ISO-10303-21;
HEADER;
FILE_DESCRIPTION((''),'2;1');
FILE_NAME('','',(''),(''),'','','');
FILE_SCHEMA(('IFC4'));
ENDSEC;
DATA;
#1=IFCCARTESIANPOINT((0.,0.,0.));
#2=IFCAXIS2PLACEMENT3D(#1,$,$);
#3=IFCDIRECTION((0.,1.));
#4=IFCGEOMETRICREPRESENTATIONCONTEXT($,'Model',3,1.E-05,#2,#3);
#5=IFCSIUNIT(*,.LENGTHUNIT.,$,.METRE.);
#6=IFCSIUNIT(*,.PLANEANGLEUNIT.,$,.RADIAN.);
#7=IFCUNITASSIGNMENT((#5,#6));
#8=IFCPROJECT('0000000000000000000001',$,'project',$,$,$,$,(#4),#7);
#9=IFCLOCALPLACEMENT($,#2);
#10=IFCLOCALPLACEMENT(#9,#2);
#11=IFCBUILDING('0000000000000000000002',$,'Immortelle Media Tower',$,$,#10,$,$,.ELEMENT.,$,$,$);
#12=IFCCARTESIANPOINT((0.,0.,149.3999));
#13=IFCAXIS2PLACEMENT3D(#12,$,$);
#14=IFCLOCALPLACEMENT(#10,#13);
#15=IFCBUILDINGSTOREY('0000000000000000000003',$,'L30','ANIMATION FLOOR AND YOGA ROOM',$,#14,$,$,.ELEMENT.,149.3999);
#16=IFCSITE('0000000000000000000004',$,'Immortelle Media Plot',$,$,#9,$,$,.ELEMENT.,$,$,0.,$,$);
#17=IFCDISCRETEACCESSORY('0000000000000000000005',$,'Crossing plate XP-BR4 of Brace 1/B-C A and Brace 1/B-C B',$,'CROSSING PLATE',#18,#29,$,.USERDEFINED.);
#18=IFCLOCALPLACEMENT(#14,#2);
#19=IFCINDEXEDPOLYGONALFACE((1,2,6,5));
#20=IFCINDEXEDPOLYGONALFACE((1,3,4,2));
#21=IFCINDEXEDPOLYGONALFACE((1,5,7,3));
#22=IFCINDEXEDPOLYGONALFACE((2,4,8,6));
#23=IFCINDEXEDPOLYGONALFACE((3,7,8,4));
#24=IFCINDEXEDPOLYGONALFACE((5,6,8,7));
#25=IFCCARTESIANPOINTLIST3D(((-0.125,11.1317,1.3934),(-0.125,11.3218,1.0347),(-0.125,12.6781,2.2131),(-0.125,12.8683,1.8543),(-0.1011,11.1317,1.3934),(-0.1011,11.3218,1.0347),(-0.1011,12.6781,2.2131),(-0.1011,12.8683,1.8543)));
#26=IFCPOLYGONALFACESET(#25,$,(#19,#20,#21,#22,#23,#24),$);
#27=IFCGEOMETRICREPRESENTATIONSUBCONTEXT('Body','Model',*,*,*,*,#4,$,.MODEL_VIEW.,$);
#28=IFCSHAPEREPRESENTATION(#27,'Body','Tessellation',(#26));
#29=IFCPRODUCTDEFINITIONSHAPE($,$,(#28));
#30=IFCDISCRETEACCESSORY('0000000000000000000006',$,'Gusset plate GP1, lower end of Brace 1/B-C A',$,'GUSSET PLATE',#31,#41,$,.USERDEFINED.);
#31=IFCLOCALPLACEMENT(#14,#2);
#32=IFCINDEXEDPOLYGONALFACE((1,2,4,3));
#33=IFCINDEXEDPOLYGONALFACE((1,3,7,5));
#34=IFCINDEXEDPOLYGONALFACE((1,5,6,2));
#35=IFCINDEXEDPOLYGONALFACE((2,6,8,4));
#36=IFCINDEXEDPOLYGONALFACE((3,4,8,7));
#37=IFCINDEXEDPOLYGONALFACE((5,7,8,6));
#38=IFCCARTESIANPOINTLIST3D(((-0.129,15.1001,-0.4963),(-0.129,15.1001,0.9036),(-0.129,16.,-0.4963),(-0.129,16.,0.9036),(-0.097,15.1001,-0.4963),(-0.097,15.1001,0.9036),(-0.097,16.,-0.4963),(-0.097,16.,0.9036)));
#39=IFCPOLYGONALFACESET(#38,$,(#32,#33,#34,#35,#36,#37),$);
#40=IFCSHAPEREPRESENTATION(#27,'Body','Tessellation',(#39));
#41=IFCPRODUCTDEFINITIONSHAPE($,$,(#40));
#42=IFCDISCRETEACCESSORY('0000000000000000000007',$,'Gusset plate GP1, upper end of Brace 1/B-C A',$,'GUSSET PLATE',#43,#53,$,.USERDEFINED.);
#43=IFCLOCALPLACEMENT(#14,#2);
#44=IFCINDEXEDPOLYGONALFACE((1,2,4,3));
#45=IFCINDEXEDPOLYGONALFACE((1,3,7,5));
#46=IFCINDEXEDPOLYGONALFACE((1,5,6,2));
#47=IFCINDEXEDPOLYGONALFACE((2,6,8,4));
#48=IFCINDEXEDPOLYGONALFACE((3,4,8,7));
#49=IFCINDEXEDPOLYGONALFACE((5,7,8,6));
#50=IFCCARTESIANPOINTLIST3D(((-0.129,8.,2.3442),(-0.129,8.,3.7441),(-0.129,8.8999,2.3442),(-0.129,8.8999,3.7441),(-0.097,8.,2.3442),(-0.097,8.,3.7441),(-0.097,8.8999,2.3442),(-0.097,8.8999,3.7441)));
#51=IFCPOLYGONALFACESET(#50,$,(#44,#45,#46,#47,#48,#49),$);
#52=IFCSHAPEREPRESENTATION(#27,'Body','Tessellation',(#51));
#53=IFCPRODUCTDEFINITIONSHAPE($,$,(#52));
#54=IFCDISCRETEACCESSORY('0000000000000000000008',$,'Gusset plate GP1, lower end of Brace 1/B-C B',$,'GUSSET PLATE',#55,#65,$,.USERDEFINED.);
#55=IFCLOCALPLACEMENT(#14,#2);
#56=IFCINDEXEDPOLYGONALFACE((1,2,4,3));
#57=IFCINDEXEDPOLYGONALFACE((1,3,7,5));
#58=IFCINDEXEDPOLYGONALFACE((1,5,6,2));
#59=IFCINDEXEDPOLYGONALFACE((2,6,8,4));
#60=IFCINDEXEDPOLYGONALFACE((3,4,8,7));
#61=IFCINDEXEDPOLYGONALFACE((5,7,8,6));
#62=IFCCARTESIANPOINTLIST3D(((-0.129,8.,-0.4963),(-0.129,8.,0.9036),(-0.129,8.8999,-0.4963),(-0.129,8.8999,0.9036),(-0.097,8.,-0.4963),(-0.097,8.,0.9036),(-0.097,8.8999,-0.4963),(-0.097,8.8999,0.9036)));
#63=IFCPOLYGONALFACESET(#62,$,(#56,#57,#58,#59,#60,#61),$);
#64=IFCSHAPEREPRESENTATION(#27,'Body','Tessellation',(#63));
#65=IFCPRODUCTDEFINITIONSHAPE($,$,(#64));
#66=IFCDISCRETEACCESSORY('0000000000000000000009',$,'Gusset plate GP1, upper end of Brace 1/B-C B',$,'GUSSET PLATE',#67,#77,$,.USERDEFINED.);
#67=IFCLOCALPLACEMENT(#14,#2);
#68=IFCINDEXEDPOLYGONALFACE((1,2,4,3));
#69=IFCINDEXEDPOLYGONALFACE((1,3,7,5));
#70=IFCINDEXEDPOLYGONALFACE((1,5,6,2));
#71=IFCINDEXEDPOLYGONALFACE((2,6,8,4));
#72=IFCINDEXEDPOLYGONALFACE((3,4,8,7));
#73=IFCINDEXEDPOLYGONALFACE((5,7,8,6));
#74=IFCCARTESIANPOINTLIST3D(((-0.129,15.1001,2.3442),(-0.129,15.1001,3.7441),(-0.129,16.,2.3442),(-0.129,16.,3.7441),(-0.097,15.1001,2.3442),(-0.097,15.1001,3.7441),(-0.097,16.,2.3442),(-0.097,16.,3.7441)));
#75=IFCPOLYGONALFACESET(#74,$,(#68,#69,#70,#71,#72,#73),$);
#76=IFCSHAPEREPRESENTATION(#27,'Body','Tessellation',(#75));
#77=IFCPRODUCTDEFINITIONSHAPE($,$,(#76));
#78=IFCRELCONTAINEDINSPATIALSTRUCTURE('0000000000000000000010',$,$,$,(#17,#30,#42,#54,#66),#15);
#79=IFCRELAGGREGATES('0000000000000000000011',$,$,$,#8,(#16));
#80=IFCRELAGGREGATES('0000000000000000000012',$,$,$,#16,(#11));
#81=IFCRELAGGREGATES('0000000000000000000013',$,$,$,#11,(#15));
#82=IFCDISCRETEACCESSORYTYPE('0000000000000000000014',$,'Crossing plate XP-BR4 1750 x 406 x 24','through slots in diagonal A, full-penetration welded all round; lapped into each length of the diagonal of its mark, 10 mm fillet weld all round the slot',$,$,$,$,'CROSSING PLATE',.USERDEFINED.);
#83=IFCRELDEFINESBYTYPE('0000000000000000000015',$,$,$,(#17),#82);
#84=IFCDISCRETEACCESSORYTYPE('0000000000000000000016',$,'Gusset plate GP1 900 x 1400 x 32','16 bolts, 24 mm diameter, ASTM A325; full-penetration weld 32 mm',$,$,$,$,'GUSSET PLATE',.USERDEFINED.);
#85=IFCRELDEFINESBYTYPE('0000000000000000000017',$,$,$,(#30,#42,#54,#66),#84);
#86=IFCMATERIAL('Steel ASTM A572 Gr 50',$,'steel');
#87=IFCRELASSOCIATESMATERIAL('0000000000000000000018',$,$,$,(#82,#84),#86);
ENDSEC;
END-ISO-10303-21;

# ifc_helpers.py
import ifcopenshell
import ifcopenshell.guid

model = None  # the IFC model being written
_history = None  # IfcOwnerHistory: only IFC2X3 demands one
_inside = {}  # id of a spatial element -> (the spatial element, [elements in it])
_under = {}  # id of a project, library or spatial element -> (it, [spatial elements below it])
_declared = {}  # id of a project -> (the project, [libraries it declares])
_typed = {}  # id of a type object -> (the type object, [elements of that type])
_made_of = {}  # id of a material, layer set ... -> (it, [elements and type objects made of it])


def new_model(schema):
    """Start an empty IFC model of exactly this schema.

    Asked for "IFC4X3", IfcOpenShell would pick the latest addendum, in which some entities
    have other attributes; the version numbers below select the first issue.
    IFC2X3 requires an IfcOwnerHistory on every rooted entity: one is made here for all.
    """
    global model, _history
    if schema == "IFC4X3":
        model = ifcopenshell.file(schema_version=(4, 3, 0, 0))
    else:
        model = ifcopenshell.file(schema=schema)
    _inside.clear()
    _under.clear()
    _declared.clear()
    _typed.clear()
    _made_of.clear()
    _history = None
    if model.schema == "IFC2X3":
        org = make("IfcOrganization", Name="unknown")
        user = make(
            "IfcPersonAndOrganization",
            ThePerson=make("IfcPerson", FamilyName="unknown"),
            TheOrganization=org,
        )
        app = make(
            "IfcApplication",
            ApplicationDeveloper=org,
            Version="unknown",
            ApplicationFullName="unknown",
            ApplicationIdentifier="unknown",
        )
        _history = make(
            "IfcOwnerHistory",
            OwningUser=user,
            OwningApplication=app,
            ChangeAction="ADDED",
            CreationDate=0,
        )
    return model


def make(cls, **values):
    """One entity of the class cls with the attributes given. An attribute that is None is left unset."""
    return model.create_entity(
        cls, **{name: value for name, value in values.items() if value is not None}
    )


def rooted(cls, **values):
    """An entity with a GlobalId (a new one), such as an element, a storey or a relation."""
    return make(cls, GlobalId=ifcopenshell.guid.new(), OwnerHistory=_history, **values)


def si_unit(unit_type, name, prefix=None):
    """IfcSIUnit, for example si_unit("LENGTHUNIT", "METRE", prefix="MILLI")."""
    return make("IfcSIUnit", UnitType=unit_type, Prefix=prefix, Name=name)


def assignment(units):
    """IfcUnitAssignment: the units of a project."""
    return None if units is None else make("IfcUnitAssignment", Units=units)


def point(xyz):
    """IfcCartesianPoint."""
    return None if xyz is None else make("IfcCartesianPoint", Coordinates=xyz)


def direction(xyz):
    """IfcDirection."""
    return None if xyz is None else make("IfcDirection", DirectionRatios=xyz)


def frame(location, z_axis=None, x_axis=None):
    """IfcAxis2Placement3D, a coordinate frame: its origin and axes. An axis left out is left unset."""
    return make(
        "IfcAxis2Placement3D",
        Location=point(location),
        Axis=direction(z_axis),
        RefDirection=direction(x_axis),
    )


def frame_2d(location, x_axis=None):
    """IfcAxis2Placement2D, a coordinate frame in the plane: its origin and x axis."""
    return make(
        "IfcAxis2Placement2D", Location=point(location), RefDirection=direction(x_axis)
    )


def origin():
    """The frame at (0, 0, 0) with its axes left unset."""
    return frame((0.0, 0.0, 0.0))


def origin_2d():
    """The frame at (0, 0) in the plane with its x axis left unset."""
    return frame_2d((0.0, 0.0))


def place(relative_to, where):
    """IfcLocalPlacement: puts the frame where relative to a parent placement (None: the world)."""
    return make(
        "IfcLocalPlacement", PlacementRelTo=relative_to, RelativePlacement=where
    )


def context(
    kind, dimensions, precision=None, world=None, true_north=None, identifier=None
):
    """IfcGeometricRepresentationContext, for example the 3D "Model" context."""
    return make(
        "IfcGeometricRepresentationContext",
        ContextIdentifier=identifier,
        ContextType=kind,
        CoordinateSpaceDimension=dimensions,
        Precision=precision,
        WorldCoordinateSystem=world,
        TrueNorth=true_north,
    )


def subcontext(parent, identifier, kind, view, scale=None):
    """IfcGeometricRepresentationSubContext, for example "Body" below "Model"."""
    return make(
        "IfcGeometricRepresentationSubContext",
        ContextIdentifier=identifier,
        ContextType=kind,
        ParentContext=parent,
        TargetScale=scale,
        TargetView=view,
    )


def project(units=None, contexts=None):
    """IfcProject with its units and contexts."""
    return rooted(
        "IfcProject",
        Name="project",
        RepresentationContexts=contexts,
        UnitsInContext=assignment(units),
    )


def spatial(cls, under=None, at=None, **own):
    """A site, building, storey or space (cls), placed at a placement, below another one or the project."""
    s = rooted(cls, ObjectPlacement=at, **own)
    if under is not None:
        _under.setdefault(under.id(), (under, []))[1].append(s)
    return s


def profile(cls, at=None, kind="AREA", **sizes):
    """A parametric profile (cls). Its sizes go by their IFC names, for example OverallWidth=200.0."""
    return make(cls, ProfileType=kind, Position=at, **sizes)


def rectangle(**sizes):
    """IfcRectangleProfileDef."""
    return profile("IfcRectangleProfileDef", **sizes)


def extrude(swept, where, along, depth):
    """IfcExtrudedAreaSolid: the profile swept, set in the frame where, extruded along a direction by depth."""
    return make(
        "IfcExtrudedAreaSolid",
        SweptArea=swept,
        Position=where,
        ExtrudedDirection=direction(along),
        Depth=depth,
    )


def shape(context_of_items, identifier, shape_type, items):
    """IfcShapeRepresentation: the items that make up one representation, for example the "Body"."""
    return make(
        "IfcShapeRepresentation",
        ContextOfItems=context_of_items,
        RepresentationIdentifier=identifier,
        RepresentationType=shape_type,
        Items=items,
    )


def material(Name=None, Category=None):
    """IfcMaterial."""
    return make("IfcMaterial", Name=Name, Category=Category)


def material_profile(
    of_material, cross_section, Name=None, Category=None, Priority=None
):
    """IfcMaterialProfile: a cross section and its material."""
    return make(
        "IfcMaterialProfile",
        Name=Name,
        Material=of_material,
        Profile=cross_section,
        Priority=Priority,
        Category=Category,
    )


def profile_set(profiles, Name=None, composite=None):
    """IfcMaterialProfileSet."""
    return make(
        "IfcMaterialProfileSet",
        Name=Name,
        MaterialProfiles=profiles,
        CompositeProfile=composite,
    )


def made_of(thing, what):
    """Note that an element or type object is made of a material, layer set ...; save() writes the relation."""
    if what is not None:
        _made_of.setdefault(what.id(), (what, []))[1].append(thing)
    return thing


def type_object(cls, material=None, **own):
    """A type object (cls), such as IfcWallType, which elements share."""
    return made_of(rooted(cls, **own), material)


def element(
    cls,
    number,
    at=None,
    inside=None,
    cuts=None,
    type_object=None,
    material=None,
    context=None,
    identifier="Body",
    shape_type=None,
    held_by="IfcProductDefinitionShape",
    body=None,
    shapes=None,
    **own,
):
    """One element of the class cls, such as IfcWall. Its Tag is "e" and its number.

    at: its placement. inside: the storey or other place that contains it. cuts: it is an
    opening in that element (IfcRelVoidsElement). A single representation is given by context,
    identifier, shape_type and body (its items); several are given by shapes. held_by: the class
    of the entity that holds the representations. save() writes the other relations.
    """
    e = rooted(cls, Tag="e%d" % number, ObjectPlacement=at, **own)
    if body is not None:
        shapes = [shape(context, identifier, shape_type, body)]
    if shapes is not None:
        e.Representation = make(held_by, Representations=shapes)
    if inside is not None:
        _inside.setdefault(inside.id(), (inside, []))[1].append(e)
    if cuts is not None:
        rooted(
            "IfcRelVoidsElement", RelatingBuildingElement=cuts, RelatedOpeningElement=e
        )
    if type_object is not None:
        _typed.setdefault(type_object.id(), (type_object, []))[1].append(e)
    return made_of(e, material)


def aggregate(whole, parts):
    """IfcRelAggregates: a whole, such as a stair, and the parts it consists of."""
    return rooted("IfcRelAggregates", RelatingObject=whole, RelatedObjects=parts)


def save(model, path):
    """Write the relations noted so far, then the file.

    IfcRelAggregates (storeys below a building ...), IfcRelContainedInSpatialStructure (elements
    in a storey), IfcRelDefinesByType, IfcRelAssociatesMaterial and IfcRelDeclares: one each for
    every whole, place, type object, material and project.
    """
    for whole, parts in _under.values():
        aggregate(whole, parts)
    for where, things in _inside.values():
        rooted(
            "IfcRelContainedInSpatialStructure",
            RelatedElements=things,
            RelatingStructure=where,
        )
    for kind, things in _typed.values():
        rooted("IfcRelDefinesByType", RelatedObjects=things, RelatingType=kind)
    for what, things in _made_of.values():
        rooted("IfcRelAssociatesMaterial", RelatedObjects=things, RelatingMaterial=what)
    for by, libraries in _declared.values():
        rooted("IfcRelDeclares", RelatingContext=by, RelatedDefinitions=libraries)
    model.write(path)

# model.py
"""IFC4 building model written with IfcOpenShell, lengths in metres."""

from ifc_helpers import new_model, si_unit, direction, frame, origin, origin_2d, place, context, subcontext, project, spatial, rectangle, extrude, material, material_profile, profile_set, type_object, element, save


model = new_model("IFC4")

# Units and contexts
model_context = context("Model", 3, precision=1e-05, world=origin(), true_north=direction((0.0, 1.0)))
body_context = subcontext(model_context, "Body", "Model", "MODEL_VIEW")
ifc_project = project(units=[si_unit("LENGTHUNIT", "METRE"), si_unit("PLANEANGLEUNIT", "RADIAN")], contexts=[model_context])

# Site, building, storey
site_placement = place(None, origin())
site = spatial("IfcSite", under=ifc_project, at=site_placement, Name="Immortelle Media Plot", CompositionType="ELEMENT", RefElevation=0.0)
building_placement = place(site_placement, origin())
building = spatial("IfcBuilding", under=site, at=building_placement, Name="Immortelle Media Tower", CompositionType="ELEMENT")
storey_placement = place(building_placement, frame((0.0, 0.0, 149.3999)))
storey = spatial("IfcBuildingStorey", under=building, at=storey_placement, Name="L30", Description="ANIMATION FLOOR AND YOGA ROOM", CompositionType="ELEMENT", Elevation=149.3999)

# Discrete accessories
ifc_material_1 = material(Name="Steel ASTM A572 Gr 50", Category="steel")
ifc_material_profile_1 = material_profile(ifc_material_1, rectangle(XDim=0.0239, YDim=0.406, at=origin_2d()), Name="PL 24 x 406")
ifc_profile_set_1 = profile_set([ifc_material_profile_1], Name="Steel ASTM A572 Gr 50")
discrete_accessory_type_1 = type_object("IfcDiscreteAccessoryType", Name="Crossing plate XP-BR4 1750 x 406 x 24", Description="through slots in diagonal A, full-penetration welded all round; lapped into each length of the diagonal of its mark, 10 mm fillet weld all round the slot", ElementType="CROSSING PLATE", PredefinedType="USERDEFINED", material=ifc_profile_set_1)
discrete_accessory_placement = place(storey_placement, frame((-0.113, 12.7732, 2.0337), z_axis=(0.0, -0.883574, -0.468291), x_axis=(1.0, 0.0, 0.0)))
element("IfcDiscreteAccessory", 1, at=discrete_accessory_placement, inside=storey, type_object=discrete_accessory_type_1, Name="Crossing plate XP-BR4 of Brace 1/B-C A and Brace 1/B-C B", ObjectType="CROSSING PLATE", PredefinedType="USERDEFINED", context=body_context, shape_type="SweptSolid", body=[
    extrude(rectangle(XDim=0.0239, YDim=0.406, at=origin_2d()), origin(), (0.0, 0.0, 1.0), 1.7502),
])
ifc_material_profile_2 = material_profile(ifc_material_1, rectangle(XDim=0.032, YDim=1.3999, at=origin_2d()), Name="PL 32 x 1400")
ifc_profile_set_2 = profile_set([ifc_material_profile_2], Name="Steel ASTM A572 Gr 50")
discrete_accessory_type_2 = type_object("IfcDiscreteAccessoryType", Name="Gusset plate GP1 900 x 1400 x 32", Description="16 bolts, 24 mm diameter, ASTM A325; full-penetration weld 32 mm", ElementType="GUSSET PLATE", PredefinedType="USERDEFINED", material=ifc_profile_set_2)
for number, where, z_axis, x_axis, name in (
    (2, (-0.113, 16.0, 0.2036), (0.0, -1.0, 0.0), (1.0, 0.0, 0.0), "Gusset plate GP1, lower end of Brace 1/B-C A"),
    (3, (-0.113, 8.0, 3.0442), (0.0, 1.0, 0.0), (-1.0, 0.0, 0.0), "Gusset plate GP1, upper end of Brace 1/B-C A"),
    (4, (-0.113, 8.0, 0.2036), (0.0, 1.0, 0.0), (-1.0, 0.0, 0.0), "Gusset plate GP1, lower end of Brace 1/B-C B"),
    (5, (-0.113, 16.0, 3.0442), (0.0, -1.0, 0.0), (1.0, 0.0, 0.0), "Gusset plate GP1, upper end of Brace 1/B-C B"),
):
    element("IfcDiscreteAccessory", number, at=place(storey_placement, frame(where, z_axis=z_axis, x_axis=x_axis)), inside=storey, type_object=discrete_accessory_type_2, Name=name, ObjectType="GUSSET PLATE", PredefinedType="USERDEFINED", context=body_context, shape_type="SweptSolid", body=[
        extrude(rectangle(XDim=0.032, YDim=1.3999, at=origin_2d()), origin(), (0.0, 0.0, 1.0), 0.8999),
    ])

save(model, "model.ifc")
